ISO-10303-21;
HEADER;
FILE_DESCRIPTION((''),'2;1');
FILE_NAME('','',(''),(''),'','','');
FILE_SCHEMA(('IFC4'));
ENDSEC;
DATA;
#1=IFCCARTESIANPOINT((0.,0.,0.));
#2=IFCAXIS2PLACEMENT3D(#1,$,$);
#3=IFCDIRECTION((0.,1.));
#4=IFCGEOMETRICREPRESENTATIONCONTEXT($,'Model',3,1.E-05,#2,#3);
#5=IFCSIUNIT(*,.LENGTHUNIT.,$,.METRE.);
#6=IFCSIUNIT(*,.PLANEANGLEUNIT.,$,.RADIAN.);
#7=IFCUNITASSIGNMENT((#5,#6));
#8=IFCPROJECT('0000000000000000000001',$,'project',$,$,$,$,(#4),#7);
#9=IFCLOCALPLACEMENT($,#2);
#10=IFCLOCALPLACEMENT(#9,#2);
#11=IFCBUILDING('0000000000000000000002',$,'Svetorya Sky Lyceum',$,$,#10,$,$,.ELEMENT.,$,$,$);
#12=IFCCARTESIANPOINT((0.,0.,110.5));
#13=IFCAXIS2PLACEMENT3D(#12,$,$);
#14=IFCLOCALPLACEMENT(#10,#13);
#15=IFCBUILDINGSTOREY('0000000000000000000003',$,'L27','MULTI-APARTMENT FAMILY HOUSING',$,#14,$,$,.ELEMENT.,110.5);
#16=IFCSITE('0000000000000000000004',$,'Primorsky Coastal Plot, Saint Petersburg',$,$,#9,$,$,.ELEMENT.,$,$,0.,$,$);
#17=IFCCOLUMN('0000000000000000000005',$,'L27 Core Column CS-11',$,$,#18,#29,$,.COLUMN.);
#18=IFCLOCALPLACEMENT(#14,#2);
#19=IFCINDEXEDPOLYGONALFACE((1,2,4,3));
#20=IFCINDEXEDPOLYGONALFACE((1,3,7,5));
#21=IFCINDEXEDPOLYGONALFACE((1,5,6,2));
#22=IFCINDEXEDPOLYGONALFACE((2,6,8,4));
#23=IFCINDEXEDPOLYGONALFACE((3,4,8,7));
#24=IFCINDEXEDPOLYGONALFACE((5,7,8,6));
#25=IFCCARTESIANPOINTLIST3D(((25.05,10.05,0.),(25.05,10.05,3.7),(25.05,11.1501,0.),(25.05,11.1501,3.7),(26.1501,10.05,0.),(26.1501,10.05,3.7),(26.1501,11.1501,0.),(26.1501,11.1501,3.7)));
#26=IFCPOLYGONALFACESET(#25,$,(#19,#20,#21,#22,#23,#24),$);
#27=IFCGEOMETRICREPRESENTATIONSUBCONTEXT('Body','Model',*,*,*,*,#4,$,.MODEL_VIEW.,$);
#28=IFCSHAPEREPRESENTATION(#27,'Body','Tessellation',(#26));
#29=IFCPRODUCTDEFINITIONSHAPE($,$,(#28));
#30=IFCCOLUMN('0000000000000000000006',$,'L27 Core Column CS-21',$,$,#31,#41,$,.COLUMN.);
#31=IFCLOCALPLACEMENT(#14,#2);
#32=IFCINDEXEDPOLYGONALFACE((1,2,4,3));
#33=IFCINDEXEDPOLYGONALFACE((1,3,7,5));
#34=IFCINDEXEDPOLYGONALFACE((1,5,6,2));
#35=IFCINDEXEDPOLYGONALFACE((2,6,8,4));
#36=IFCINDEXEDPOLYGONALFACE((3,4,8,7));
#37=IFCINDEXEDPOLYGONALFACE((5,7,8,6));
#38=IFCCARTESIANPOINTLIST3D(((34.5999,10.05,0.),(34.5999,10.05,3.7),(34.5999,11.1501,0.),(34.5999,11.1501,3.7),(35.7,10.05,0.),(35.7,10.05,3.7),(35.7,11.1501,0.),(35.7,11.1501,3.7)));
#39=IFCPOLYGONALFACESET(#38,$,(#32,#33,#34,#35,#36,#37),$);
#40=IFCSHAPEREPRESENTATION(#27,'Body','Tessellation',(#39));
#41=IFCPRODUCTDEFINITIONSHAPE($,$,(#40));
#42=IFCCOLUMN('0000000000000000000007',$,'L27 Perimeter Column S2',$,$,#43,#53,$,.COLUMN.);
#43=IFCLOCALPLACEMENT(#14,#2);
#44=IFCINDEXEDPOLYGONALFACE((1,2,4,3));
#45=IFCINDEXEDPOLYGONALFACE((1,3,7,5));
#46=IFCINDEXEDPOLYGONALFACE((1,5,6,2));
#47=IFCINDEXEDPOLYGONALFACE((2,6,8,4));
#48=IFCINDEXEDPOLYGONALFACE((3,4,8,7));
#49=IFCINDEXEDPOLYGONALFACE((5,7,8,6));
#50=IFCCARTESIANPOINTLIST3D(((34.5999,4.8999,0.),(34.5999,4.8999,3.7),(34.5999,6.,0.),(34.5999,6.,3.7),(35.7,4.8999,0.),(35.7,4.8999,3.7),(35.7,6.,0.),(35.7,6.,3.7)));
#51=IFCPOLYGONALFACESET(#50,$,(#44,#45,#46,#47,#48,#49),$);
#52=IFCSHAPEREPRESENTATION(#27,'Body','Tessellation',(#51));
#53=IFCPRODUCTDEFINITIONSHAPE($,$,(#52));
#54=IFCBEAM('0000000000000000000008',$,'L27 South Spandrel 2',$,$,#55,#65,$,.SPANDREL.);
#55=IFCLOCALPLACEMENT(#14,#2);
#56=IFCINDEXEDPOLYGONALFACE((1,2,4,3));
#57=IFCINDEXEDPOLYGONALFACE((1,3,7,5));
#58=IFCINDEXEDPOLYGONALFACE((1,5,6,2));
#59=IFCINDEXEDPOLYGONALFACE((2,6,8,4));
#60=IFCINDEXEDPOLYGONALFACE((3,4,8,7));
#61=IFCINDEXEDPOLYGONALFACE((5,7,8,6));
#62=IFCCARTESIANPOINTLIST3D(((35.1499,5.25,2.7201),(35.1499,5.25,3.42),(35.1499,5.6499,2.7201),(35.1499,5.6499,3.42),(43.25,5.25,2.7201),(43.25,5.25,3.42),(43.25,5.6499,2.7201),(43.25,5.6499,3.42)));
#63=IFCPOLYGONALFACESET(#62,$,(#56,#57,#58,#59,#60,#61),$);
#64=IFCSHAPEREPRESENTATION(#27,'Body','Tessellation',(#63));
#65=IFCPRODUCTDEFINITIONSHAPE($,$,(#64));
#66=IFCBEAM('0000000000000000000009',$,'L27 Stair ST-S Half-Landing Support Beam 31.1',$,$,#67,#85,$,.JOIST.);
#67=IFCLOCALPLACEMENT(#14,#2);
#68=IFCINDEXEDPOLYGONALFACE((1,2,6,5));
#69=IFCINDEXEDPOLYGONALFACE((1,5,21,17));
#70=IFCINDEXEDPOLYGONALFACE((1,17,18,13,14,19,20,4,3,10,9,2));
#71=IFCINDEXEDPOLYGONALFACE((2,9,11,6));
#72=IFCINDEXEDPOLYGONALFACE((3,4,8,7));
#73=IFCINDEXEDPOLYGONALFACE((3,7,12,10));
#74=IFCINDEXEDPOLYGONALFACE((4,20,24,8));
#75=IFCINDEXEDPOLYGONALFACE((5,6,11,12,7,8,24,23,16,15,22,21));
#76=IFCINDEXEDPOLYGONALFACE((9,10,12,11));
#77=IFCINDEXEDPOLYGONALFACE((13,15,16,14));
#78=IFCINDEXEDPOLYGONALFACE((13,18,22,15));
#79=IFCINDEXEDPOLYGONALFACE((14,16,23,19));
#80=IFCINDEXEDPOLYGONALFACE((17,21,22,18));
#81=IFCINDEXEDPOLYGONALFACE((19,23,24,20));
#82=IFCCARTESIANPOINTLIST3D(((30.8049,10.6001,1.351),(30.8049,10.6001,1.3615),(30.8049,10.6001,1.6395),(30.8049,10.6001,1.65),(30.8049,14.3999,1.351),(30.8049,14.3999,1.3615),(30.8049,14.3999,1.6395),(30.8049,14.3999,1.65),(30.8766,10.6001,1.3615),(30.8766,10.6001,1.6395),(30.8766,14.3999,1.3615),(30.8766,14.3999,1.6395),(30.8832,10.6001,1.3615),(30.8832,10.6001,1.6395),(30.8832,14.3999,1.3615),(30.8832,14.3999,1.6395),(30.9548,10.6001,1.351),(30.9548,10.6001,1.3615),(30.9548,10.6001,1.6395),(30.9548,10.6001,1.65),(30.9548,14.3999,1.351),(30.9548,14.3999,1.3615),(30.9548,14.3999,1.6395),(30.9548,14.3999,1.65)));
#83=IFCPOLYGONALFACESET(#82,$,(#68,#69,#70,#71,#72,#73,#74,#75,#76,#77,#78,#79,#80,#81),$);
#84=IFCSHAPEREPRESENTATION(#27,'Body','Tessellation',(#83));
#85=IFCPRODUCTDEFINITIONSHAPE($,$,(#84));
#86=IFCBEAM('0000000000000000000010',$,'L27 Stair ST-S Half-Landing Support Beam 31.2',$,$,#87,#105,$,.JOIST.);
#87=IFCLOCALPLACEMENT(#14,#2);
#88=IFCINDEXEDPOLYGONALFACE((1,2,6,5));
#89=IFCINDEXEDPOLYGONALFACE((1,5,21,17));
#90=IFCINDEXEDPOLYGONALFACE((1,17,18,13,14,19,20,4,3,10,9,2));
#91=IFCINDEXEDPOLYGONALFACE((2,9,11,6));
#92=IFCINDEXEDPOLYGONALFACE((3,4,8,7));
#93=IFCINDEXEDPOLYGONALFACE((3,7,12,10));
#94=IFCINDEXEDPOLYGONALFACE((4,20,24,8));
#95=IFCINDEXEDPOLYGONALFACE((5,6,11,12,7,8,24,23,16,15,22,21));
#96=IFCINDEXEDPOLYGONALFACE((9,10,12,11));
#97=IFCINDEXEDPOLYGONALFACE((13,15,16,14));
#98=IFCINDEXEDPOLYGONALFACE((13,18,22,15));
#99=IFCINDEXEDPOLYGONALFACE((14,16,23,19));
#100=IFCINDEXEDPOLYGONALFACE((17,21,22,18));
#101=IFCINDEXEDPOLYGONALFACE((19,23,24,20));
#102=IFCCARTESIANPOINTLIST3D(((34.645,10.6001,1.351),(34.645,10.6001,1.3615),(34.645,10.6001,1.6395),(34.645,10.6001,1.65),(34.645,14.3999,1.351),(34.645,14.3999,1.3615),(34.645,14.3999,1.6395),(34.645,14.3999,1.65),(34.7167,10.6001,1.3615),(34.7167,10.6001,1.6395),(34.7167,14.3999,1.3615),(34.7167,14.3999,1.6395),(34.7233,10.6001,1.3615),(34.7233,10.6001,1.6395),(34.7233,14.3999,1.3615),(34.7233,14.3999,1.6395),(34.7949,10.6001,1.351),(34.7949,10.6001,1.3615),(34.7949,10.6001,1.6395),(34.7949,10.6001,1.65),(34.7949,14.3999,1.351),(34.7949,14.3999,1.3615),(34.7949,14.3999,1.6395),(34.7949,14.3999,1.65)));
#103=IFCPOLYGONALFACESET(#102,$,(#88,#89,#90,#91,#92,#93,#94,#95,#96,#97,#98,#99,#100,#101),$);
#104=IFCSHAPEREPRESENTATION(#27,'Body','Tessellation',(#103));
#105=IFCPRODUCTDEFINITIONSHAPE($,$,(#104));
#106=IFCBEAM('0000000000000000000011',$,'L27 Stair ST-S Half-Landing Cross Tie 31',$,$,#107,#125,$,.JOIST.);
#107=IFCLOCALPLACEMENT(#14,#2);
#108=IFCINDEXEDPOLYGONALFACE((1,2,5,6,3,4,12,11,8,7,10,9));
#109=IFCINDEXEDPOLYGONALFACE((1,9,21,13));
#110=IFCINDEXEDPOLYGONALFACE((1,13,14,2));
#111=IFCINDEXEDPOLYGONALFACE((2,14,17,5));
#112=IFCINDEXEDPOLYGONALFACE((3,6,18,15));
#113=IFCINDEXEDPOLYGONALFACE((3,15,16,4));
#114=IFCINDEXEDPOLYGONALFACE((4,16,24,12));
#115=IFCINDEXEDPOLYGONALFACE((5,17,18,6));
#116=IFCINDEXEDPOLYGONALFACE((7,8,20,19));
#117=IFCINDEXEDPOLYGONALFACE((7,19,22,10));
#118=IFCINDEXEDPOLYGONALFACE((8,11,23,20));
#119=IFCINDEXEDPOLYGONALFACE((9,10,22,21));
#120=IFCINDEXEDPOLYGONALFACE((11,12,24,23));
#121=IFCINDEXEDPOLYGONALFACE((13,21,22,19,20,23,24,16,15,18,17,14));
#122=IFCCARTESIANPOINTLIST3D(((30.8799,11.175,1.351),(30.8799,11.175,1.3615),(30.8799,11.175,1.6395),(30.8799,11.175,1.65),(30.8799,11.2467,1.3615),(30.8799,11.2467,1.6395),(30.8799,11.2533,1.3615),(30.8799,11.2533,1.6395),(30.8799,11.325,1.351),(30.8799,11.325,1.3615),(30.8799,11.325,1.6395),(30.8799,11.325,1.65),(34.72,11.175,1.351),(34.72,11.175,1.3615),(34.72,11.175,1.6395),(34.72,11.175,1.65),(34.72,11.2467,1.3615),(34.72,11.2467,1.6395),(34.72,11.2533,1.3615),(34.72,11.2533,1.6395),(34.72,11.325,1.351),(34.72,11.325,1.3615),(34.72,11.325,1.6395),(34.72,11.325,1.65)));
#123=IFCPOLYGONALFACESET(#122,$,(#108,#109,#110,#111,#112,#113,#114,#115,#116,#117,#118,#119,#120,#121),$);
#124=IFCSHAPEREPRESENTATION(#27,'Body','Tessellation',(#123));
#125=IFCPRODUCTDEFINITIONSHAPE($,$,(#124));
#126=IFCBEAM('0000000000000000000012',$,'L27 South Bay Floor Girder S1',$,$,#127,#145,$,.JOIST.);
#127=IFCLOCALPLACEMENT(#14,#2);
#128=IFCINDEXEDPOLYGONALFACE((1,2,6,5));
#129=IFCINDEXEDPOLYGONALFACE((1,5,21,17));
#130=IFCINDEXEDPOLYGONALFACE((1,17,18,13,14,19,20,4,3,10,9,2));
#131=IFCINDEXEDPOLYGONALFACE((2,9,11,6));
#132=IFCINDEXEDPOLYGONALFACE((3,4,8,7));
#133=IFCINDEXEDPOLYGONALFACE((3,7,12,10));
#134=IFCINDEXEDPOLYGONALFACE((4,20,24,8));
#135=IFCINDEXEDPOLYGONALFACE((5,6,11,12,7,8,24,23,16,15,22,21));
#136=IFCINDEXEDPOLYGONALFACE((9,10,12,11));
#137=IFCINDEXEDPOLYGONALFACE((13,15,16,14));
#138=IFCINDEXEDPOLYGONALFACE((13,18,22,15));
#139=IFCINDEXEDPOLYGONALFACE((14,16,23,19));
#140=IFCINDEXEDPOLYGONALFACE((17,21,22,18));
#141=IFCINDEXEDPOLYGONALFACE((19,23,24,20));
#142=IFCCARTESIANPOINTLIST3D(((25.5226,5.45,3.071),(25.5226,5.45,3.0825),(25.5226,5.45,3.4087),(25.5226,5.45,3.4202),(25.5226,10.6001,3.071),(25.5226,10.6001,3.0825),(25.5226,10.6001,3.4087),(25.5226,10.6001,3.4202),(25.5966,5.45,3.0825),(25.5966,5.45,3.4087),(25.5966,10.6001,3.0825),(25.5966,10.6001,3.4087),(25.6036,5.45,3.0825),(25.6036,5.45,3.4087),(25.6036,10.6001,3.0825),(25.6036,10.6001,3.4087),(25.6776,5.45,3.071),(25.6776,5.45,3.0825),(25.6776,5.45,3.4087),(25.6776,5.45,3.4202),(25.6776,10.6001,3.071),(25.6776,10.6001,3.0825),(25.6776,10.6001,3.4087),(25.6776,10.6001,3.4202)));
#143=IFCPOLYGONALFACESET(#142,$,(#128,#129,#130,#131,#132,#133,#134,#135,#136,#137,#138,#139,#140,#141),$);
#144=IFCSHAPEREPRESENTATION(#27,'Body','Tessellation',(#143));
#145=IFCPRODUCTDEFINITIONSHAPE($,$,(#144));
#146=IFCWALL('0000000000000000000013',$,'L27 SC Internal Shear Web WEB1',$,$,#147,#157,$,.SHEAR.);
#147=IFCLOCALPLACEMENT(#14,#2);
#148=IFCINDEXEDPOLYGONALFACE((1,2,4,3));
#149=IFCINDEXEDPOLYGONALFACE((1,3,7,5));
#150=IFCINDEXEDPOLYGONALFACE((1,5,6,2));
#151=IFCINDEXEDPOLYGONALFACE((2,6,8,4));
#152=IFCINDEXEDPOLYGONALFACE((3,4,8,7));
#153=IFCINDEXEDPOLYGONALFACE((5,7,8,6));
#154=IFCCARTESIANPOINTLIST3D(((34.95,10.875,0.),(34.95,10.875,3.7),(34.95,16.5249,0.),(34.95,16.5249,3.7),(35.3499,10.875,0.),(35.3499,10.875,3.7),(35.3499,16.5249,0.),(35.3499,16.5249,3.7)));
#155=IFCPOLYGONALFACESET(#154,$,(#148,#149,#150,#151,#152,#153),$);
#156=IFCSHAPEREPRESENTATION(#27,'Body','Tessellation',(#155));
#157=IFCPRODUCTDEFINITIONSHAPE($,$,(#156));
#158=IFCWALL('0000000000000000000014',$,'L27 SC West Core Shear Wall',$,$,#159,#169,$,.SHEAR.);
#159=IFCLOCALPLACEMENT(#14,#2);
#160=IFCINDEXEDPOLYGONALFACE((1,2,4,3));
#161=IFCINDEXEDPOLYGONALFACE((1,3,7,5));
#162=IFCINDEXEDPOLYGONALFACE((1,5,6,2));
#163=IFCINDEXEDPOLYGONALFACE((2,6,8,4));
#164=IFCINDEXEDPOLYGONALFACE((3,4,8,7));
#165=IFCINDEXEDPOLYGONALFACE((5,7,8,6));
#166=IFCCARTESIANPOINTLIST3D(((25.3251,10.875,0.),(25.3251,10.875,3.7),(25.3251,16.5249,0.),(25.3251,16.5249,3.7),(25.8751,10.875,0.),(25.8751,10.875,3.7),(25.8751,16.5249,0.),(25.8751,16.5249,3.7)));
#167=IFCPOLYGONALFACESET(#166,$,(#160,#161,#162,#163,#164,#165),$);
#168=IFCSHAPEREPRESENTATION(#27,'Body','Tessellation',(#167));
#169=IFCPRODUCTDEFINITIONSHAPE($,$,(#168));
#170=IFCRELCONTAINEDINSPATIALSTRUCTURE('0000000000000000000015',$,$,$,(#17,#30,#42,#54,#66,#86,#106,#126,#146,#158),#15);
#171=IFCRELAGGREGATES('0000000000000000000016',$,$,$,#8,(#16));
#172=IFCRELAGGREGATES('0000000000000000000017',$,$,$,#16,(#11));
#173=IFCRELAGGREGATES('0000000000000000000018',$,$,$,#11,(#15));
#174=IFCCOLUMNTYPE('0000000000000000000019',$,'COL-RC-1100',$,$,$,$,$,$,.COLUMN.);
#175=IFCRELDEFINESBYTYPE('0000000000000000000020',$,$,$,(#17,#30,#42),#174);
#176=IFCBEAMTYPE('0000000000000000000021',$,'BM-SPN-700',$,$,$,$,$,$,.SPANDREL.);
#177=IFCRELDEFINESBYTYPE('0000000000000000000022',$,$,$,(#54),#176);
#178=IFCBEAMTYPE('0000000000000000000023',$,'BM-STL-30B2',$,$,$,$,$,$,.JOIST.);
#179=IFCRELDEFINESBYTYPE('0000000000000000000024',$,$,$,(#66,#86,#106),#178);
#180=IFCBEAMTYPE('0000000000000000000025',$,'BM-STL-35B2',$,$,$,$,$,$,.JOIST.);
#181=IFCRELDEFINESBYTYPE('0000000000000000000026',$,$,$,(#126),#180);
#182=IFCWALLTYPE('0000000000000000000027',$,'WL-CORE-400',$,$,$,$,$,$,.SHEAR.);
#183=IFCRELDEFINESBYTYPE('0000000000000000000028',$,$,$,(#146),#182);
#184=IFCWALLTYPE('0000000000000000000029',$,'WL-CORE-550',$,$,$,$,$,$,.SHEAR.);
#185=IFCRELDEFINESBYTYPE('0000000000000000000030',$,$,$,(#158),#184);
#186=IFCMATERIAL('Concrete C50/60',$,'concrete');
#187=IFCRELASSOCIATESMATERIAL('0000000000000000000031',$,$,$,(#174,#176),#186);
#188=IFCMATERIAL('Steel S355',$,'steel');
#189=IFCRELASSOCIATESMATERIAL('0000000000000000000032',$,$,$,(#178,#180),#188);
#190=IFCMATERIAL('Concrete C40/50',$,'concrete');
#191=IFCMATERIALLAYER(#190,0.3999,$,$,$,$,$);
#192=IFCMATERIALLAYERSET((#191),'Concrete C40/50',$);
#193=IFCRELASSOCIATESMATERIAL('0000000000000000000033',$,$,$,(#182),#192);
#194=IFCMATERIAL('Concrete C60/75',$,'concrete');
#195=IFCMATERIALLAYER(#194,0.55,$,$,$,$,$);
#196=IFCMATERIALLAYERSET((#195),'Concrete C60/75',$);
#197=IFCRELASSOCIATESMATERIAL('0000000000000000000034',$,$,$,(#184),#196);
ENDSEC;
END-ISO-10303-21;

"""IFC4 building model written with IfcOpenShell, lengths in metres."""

from ifc_helpers import new_model, si_unit, direction, frame, frame_2d, origin, origin_2d, place, context, subcontext, project, spatial, rectangle, i_section, extrude, material, layer, layer_set, material_profile, profile_set, type_object, element, save


model = new_model("IFC4")

# Units and contexts
model_context = context("Model", 3, precision=1e-05, world=origin(), true_north=direction((0.0, 1.0)))
body_context = subcontext(model_context, "Body", "Model", "MODEL_VIEW")
ifc_project = project(units=[si_unit("LENGTHUNIT", "METRE"), si_unit("PLANEANGLEUNIT", "RADIAN")], contexts=[model_context])

# Site, building, storey
site_placement = place(None, origin())
site = spatial("IfcSite", under=ifc_project, at=site_placement, Name="Primorsky Coastal Plot, Saint Petersburg", CompositionType="ELEMENT", RefElevation=0.0)
building_placement = place(site_placement, origin())
building = spatial("IfcBuilding", under=site, at=building_placement, Name="Svetorya Sky Lyceum", CompositionType="ELEMENT")
storey_placement = place(building_placement, frame((0.0, 0.0, 110.5)))
storey = spatial("IfcBuildingStorey", under=building, at=storey_placement, Name="L27", Description="MULTI-APARTMENT FAMILY HOUSING", CompositionType="ELEMENT", Elevation=110.5)

# Columns
ifc_material_1 = material(Name="Concrete C50/60", Category="concrete")
ifc_material_profile_1 = material_profile(ifc_material_1, rectangle(XDim=1.1001, YDim=1.1001, at=origin_2d()), Name="RC COL 1100x1100")
ifc_profile_set_1 = profile_set([ifc_material_profile_1], Name="Concrete C50/60")
column_type = type_object("IfcColumnType", Name="COL-RC-1100", PredefinedType="COLUMN", material=ifc_profile_set_1)
for number, where, z_axis, x_axis, name in (
    (1, (25.6001, 10.6001, 0.0), (0.0, 0.0, 1.0), (1.0, 0.0, 0.0), "L27 Core Column CS-11"),
    (2, (35.1499, 10.6001, 0.0), (0.0, 0.0, 1.0), (1.0, 0.0, 0.0), "L27 Core Column CS-21"),
    (3, (35.1499, 5.45, 0.0), (0.0, 0.0, 1.0), (1.0, 0.0, 0.0), "L27 Perimeter Column S2"),
):
    element("IfcColumn", number, at=place(storey_placement, frame(where, z_axis=z_axis, x_axis=x_axis)), inside=storey, type_object=column_type, Name=name, PredefinedType="COLUMN", context=body_context, shape_type="SweptSolid", body=[
        extrude(rectangle(XDim=1.1001, YDim=1.1001, at=origin_2d()), origin(), (0.0, 0.0, 1.0), 3.7),
    ])

# Beams
ifc_material_profile_2 = material_profile(ifc_material_1, rectangle(XDim=0.3999, YDim=0.7, at=origin_2d()), Name="RC SPANDREL 400x700")
ifc_profile_set_2 = profile_set([ifc_material_profile_2], Name="Concrete C50/60")
beam_type_1 = type_object("IfcBeamType", Name="BM-SPN-700", PredefinedType="SPANDREL", material=ifc_profile_set_2)
beam_1_placement = place(storey_placement, frame((35.1499, 5.45, 3.0701), z_axis=(1.0, 0.0, 0.0), x_axis=(0.0, 1.0, 0.0)))
element("IfcBeam", 4, at=beam_1_placement, inside=storey, type_object=beam_type_1, Name="L27 South Spandrel 2", PredefinedType="SPANDREL", context=body_context, shape_type="SweptSolid", body=[
    extrude(rectangle(XDim=0.3999, YDim=0.7, at=origin_2d()), origin(), (0.0, 0.0, 1.0), 8.1001),
])
ifc_material_2 = material(Name="Steel S355", Category="steel")
ifc_material_profile_3 = material_profile(ifc_material_2, i_section(OverallWidth=0.1499, OverallDepth=0.2991, WebThickness=0.0066, FlangeThickness=0.0105, at=origin_2d()), Name="GOST 30B2")
ifc_profile_set_3 = profile_set([ifc_material_profile_3], Name="Steel S355")
beam_type_2 = type_object("IfcBeamType", Name="BM-STL-30B2", PredefinedType="JOIST", material=ifc_profile_set_3)
for number, where, z_axis, x_axis, name in (
    (5, (30.8799, 10.6001, 1.5005), (0.0, 1.0, 0.0), (-1.0, 0.0, 0.0), "L27 Stair ST-S Half-Landing Support Beam 31.1"),
    (6, (34.72, 10.6001, 1.5005), (0.0, 1.0, 0.0), (-1.0, 0.0, 0.0), "L27 Stair ST-S Half-Landing Support Beam 31.2"),
):
    element("IfcBeam", number, at=place(storey_placement, frame(where, z_axis=z_axis, x_axis=x_axis)), inside=storey, type_object=beam_type_2, Name=name, PredefinedType="JOIST", context=body_context, shape_type="SweptSolid", body=[
        extrude(i_section(OverallWidth=0.1499, OverallDepth=0.2991, WebThickness=0.0066, FlangeThickness=0.0105, at=origin_2d()), origin(), (0.0, 0.0, 1.0), 3.7998),
    ])
beam_2_placement = place(storey_placement, frame((30.8799, 11.25, 1.5005), z_axis=(1.0, 0.0, 0.0), x_axis=(0.0, 1.0, 0.0)))
element("IfcBeam", 7, at=beam_2_placement, inside=storey, type_object=beam_type_2, Name="L27 Stair ST-S Half-Landing Cross Tie 31", PredefinedType="JOIST", context=body_context, shape_type="SweptSolid", body=[
    extrude(i_section(OverallWidth=0.1499, OverallDepth=0.2991, WebThickness=0.0066, FlangeThickness=0.0105, at=origin_2d()), origin(), (0.0, 0.0, 1.0), 3.8401),
])
ifc_material_profile_4 = material_profile(ifc_material_2, i_section(OverallWidth=0.155, OverallDepth=0.3491, WebThickness=0.0071, FlangeThickness=0.0115, at=origin_2d()), Name="GOST 35B2")
ifc_profile_set_4 = profile_set([ifc_material_profile_4], Name="Steel S355")
beam_type_3 = type_object("IfcBeamType", Name="BM-STL-35B2", PredefinedType="JOIST", material=ifc_profile_set_4)
beam_3_placement = place(storey_placement, frame((25.6001, 5.45, 3.2456), z_axis=(0.0, 1.0, 0.0), x_axis=(-1.0, 0.0, 0.0)))
element("IfcBeam", 8, at=beam_3_placement, inside=storey, type_object=beam_type_3, Name="L27 South Bay Floor Girder S1", PredefinedType="JOIST", context=body_context, shape_type="SweptSolid", body=[
    extrude(i_section(OverallWidth=0.155, OverallDepth=0.3491, WebThickness=0.0071, FlangeThickness=0.0115, at=origin_2d()), origin(), (0.0, 0.0, 1.0), 5.1501),
])

# Walls
ifc_material_3 = material(Name="Concrete C40/50", Category="concrete")
ifc_layer_1 = layer(ifc_material_3, 0.3999)
ifc_layer_set_1 = layer_set([ifc_layer_1], Name="Concrete C40/50")
wall_type_1 = type_object("IfcWallType", Name="WL-CORE-400", PredefinedType="SHEAR", material=ifc_layer_set_1)
wall_1_placement = place(storey_placement, frame((35.1499, 10.875, 0.0), z_axis=(0.0, 0.0, 1.0), x_axis=(0.0, 1.0, 0.0)))
element("IfcWall", 9, at=wall_1_placement, inside=storey, type_object=wall_type_1, Name="L27 SC Internal Shear Web WEB1", PredefinedType="SHEAR", context=body_context, shape_type="SweptSolid", body=[
    extrude(rectangle(XDim=5.6499, YDim=0.3999, at=frame_2d((2.825, 0.0))), origin(), (0.0, 0.0, 1.0), 3.7),
])
ifc_material_4 = material(Name="Concrete C60/75", Category="concrete")
ifc_layer_2 = layer(ifc_material_4, 0.55)
ifc_layer_set_2 = layer_set([ifc_layer_2], Name="Concrete C60/75")
wall_type_2 = type_object("IfcWallType", Name="WL-CORE-550", PredefinedType="SHEAR", material=ifc_layer_set_2)
wall_2_placement = place(storey_placement, frame((25.6001, 10.875, 0.0), z_axis=(0.0, 0.0, 1.0), x_axis=(0.0, 1.0, 0.0)))
element("IfcWall", 10, at=wall_2_placement, inside=storey, type_object=wall_type_2, Name="L27 SC West Core Shear Wall", PredefinedType="SHEAR", context=body_context, shape_type="SweptSolid", body=[
    extrude(rectangle(XDim=5.6499, YDim=0.55, at=frame_2d((2.825, 0.0))), origin(), (0.0, 0.0, 1.0), 3.7),
])

save(model, "model.ifc")
